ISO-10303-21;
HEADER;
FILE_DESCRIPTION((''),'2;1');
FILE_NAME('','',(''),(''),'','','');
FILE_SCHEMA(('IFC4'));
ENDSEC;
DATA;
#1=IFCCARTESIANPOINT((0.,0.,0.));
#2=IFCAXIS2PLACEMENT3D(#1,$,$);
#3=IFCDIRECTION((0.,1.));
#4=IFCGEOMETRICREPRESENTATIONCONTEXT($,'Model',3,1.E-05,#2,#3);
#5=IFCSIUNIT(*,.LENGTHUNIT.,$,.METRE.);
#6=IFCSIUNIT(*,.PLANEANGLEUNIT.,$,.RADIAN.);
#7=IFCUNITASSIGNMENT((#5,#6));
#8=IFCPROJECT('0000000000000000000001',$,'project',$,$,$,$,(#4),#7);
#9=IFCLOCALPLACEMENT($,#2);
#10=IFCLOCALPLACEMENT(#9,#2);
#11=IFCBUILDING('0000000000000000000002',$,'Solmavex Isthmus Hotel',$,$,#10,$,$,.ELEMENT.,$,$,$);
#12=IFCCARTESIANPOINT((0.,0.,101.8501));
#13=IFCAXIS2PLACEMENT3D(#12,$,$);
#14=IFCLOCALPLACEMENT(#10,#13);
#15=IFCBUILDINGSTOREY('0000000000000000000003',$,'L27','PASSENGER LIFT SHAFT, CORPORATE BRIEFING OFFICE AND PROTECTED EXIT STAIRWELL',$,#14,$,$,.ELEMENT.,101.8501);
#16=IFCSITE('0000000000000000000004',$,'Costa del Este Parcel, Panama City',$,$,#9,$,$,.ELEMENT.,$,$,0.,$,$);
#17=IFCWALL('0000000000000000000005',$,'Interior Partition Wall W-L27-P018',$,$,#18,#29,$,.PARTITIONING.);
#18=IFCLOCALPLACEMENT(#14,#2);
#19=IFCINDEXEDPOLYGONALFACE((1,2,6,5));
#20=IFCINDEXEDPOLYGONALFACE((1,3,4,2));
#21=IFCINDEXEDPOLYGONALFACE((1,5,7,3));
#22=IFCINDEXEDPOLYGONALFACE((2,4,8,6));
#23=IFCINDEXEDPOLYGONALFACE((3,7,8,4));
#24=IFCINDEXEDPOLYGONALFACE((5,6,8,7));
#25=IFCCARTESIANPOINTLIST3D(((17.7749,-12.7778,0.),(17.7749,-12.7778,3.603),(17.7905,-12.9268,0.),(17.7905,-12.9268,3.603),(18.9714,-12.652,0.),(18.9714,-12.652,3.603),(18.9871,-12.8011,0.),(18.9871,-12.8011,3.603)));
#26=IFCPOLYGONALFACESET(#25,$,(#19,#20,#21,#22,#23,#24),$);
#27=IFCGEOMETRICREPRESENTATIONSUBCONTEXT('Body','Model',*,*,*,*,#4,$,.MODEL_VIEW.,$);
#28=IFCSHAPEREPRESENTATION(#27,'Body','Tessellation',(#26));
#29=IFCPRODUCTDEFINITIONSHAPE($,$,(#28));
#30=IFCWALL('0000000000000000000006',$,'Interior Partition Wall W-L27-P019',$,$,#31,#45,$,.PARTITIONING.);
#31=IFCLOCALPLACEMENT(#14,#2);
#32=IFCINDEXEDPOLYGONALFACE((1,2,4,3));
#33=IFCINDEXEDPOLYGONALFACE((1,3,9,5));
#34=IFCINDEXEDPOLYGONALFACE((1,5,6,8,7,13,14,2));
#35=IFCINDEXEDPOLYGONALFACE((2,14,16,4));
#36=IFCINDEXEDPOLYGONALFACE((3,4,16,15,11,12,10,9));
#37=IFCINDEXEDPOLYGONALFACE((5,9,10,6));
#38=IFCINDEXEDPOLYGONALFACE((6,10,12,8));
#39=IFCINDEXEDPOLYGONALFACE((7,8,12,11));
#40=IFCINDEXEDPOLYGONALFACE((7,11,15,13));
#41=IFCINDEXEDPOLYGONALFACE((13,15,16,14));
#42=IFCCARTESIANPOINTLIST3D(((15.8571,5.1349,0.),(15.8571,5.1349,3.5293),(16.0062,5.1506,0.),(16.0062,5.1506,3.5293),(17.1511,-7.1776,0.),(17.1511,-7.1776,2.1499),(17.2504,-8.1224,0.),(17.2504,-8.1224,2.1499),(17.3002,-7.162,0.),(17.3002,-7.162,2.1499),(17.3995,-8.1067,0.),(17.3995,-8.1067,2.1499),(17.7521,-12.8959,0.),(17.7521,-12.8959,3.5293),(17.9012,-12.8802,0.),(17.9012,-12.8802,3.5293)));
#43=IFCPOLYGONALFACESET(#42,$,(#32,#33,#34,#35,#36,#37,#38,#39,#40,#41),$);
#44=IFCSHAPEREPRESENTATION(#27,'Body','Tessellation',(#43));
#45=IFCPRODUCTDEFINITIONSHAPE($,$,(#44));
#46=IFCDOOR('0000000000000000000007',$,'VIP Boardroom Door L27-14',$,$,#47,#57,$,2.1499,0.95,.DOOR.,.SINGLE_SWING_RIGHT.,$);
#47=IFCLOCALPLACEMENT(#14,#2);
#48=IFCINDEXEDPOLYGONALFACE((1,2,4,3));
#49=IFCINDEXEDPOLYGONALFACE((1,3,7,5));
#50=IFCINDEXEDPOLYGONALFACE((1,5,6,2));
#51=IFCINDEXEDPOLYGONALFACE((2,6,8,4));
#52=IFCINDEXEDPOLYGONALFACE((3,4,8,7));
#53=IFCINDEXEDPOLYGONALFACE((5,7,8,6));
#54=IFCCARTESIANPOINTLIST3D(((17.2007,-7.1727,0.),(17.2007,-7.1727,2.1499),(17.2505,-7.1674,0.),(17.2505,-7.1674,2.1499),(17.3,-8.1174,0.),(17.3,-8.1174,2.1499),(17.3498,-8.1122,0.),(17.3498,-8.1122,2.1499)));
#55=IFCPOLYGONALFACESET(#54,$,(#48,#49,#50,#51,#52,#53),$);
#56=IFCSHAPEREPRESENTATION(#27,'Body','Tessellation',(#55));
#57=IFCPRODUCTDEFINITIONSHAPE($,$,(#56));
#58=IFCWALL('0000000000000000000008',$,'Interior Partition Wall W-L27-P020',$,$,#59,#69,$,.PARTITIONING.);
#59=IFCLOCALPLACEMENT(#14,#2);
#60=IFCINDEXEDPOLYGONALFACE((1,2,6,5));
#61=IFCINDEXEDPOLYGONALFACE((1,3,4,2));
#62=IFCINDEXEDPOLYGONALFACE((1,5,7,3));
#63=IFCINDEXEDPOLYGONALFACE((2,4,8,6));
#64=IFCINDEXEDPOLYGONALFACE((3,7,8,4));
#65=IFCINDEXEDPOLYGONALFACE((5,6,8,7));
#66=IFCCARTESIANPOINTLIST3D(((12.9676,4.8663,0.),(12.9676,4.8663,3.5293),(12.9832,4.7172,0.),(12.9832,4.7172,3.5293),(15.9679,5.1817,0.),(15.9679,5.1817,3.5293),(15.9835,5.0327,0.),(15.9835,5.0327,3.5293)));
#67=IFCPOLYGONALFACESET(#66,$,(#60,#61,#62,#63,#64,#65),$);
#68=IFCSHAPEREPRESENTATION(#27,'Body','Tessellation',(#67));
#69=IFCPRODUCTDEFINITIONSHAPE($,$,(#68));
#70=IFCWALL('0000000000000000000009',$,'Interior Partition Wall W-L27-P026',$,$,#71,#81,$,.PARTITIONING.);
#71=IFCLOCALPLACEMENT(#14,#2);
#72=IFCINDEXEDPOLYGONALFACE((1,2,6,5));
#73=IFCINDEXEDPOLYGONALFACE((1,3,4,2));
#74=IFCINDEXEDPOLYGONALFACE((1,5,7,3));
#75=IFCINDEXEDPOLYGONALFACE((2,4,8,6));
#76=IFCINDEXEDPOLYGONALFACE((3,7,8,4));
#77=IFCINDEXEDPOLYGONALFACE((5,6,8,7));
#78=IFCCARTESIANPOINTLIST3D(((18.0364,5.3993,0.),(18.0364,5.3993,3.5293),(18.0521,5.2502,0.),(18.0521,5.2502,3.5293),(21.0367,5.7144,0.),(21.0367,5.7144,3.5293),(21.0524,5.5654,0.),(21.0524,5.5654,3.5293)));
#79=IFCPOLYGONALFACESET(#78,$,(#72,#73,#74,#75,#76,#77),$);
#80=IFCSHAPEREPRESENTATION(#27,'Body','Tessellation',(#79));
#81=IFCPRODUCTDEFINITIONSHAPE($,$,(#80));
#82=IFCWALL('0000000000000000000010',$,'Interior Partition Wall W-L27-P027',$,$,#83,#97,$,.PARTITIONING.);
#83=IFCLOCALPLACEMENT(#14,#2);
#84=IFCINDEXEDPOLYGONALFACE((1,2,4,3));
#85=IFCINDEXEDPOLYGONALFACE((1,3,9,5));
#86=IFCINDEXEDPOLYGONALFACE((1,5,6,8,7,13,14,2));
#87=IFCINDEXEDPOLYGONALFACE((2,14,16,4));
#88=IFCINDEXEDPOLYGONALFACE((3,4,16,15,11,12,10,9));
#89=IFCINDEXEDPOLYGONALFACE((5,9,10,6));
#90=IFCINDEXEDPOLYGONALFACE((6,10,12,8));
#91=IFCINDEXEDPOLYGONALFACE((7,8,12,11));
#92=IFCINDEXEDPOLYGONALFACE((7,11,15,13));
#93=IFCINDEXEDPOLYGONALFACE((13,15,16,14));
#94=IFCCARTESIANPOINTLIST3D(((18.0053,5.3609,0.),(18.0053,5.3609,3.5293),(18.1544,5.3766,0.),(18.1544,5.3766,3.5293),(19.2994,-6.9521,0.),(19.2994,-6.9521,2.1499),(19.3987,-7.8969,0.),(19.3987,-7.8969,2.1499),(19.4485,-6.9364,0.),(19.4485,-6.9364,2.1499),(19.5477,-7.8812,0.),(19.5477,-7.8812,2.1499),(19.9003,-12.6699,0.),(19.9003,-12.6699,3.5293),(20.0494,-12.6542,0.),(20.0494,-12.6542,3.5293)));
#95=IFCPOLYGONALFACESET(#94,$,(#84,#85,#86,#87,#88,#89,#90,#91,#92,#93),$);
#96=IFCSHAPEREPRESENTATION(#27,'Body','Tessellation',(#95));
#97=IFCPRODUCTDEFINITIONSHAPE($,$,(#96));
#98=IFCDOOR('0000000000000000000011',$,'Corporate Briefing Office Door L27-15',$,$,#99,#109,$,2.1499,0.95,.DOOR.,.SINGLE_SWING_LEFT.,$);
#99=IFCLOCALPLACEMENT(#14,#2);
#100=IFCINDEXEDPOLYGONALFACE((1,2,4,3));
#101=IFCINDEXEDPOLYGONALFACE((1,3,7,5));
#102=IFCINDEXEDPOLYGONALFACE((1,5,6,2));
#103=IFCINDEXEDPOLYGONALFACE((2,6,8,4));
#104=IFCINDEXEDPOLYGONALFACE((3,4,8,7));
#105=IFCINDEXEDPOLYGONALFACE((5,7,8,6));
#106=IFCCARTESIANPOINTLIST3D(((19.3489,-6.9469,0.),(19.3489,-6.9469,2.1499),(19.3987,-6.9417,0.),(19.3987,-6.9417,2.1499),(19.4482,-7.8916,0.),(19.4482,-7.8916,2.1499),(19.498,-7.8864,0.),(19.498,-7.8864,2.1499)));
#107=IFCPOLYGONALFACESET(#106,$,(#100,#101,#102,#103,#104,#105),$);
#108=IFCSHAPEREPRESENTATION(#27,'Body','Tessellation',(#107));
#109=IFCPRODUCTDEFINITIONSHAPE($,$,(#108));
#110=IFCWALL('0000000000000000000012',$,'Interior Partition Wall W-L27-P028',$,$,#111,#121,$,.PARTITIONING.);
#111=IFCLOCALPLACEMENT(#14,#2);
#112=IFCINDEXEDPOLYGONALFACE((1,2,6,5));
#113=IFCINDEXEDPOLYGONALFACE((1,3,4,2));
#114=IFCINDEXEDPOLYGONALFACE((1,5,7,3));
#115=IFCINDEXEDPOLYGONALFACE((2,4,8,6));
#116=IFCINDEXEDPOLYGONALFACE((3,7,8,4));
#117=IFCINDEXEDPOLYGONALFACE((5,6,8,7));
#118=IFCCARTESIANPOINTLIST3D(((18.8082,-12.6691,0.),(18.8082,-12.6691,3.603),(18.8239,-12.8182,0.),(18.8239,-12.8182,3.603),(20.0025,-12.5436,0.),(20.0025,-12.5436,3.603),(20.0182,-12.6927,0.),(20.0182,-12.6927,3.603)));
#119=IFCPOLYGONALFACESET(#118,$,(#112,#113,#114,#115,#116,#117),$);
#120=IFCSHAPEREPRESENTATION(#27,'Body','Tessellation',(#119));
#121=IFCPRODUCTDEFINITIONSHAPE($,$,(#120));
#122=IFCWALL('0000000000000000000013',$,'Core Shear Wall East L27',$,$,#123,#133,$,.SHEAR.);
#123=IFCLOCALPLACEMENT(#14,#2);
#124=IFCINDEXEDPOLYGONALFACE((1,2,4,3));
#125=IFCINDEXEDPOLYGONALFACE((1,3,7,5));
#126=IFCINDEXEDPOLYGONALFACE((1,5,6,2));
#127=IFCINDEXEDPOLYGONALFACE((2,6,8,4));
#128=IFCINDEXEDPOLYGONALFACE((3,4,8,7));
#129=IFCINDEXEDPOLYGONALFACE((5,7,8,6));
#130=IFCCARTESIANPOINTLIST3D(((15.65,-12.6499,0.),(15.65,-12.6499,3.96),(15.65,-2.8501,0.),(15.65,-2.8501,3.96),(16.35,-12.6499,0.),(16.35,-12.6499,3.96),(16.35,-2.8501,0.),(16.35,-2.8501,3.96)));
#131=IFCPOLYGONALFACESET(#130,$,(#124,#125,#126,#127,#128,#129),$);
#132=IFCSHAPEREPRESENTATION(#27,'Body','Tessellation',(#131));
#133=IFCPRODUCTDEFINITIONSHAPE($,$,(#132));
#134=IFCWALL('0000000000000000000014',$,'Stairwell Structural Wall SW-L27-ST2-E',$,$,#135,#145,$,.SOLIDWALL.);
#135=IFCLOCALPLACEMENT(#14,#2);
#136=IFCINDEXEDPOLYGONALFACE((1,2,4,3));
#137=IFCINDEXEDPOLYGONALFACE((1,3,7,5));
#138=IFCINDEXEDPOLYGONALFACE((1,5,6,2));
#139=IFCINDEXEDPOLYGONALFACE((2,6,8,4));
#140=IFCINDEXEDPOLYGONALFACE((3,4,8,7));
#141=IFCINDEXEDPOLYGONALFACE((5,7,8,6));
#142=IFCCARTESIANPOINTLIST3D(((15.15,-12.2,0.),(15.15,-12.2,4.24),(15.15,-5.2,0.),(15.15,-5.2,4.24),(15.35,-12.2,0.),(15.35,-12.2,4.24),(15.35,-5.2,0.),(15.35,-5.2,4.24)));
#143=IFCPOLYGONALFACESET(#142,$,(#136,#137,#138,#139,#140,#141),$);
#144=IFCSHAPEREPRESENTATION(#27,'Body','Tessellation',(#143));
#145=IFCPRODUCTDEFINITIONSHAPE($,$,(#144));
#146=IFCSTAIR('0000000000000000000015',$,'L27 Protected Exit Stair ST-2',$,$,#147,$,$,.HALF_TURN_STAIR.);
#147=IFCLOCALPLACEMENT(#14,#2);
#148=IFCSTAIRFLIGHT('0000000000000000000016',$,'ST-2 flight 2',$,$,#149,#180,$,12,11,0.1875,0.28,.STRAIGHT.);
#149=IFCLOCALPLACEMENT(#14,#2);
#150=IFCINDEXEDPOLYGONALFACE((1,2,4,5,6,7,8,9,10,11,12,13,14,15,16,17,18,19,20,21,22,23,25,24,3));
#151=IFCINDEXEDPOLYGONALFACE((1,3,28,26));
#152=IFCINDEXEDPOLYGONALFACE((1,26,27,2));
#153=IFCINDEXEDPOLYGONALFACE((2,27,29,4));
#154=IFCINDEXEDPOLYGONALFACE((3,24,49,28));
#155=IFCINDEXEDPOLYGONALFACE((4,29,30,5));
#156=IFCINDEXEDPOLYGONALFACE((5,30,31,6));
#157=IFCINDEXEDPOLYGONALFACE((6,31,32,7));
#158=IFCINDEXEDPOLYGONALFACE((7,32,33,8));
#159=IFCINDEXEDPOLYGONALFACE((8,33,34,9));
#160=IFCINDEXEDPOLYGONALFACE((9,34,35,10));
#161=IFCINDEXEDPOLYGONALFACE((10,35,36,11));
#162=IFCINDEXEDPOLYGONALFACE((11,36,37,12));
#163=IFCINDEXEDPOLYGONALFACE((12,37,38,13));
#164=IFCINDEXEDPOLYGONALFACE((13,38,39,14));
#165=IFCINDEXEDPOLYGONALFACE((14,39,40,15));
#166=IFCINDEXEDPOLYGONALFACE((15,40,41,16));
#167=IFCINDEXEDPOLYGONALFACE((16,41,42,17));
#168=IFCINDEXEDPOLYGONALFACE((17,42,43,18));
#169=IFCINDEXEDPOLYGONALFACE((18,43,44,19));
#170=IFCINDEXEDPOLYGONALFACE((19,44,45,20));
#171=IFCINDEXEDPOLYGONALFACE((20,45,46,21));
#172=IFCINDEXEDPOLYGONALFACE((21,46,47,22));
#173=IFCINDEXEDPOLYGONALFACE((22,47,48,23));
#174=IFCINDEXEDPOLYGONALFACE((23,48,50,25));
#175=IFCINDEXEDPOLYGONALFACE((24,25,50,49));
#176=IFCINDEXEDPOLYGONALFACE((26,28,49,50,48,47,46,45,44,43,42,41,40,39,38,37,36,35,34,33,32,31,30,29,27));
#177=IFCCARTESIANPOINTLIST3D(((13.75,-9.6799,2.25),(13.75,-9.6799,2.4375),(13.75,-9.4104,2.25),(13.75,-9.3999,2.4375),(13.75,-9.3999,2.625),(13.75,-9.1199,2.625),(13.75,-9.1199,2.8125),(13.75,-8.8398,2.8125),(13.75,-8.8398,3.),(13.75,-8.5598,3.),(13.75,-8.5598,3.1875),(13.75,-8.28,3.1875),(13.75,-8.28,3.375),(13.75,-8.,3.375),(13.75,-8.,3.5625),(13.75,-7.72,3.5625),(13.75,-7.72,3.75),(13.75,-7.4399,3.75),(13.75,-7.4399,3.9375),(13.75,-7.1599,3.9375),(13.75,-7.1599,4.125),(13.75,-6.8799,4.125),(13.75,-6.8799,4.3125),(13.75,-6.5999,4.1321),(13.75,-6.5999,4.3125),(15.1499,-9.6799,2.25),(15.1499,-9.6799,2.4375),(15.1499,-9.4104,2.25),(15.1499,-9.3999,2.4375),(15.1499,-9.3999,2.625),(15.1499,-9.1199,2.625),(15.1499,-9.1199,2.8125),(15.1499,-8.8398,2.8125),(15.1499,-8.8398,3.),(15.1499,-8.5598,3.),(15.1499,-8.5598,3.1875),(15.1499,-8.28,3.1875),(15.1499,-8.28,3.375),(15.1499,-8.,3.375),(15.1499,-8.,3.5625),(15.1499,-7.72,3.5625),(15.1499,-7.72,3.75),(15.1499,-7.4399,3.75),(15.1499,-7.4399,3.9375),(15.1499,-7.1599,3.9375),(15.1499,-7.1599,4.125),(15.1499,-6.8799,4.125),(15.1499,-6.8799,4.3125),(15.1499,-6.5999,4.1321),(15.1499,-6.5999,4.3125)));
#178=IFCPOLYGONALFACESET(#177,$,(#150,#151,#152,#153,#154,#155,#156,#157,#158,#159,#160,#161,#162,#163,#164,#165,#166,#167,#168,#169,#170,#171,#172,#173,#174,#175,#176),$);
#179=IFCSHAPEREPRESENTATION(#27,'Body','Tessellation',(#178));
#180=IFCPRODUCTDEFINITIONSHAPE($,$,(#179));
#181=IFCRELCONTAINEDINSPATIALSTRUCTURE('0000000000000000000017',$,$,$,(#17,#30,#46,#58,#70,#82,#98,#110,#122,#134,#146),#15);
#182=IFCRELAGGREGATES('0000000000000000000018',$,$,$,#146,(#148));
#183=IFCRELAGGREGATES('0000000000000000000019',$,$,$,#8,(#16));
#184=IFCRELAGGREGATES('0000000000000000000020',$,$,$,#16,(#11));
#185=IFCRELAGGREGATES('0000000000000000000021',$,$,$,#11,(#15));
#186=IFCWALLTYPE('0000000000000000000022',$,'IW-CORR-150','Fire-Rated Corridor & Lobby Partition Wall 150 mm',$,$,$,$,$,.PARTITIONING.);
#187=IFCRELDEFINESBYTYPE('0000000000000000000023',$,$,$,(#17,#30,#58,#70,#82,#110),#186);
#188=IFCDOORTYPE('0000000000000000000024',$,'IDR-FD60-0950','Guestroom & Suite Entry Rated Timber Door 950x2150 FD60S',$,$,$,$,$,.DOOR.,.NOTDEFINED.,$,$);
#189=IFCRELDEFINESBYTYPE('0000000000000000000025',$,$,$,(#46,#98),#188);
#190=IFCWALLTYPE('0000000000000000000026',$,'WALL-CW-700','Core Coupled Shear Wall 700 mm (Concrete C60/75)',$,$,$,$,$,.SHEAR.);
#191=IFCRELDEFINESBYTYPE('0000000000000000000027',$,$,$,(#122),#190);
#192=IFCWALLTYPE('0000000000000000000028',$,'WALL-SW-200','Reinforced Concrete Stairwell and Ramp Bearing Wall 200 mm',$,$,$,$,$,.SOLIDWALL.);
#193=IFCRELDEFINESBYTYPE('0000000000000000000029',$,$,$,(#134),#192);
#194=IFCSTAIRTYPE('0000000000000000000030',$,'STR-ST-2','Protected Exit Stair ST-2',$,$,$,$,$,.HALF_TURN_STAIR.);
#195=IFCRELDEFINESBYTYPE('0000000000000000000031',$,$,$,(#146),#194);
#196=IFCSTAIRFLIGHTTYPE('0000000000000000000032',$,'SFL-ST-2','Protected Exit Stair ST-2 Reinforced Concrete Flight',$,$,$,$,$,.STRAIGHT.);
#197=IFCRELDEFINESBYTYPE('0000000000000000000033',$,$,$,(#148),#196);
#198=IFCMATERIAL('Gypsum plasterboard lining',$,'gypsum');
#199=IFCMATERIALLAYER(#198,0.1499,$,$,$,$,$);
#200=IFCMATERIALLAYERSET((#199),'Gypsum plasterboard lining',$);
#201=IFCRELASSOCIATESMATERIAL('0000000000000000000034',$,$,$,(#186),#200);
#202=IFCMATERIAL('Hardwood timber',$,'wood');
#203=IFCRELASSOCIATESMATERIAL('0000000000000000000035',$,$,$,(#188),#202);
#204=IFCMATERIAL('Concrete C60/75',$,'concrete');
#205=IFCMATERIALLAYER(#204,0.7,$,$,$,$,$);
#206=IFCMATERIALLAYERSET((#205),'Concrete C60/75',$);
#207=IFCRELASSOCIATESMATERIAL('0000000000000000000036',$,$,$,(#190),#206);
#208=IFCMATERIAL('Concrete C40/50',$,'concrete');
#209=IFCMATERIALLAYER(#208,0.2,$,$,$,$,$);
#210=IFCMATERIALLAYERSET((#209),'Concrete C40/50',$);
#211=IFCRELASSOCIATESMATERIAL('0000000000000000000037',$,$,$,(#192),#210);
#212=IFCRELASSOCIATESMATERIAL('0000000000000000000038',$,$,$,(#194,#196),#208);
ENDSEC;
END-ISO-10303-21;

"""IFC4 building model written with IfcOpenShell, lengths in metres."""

from ifc_helpers import new_model, si_unit, direction, frame, frame_2d, origin, place, context, subcontext, project, spatial, polyline, rectangle, outline, extrude, material, layer, layer_set, type_object, element, fill, aggregate, save


model = new_model("IFC4")

# Units and contexts
model_context = context("Model", 3, precision=1e-05, world=origin(), true_north=direction((0.0, 1.0)))
body_context = subcontext(model_context, "Body", "Model", "MODEL_VIEW")
ifc_project = project(units=[si_unit("LENGTHUNIT", "METRE"), si_unit("PLANEANGLEUNIT", "RADIAN")], contexts=[model_context])

# Site, building, storey
site_placement = place(None, origin())
site = spatial("IfcSite", under=ifc_project, at=site_placement, Name="Costa del Este Parcel, Panama City", CompositionType="ELEMENT", RefElevation=0.0)
building_placement = place(site_placement, origin())
building = spatial("IfcBuilding", under=site, at=building_placement, Name="Solmavex Isthmus Hotel", CompositionType="ELEMENT")
storey_placement = place(building_placement, frame((0.0, 0.0, 101.8501)))
storey = spatial("IfcBuildingStorey", under=building, at=storey_placement, Name="L27", Description="PASSENGER LIFT SHAFT, CORPORATE BRIEFING OFFICE AND PROTECTED EXIT STAIRWELL", CompositionType="ELEMENT", Elevation=101.8501)

# Shared definitions
ifc_material_1 = material(Name="Concrete C60/75", Category="concrete")

# Wall
ifc_material_2 = material(Name="Gypsum plasterboard lining", Category="gypsum")
ifc_layer_1 = layer(ifc_material_2, 0.1499)
ifc_layer_set_1 = layer_set([ifc_layer_1], Name="Gypsum plasterboard lining")
wall_type_1 = type_object("IfcWallType", Name="IW-CORR-150", Description="Fire-Rated Corridor & Lobby Partition Wall 150 mm", PredefinedType="PARTITIONING", material=ifc_layer_set_1)
wall_1_placement = place(storey_placement, frame((18.9792, -12.7266, 0.0), z_axis=(0.0, 0.0, 1.0), x_axis=(-0.994524, -0.104505, 0.0)))
element("IfcWall", 1, at=wall_1_placement, inside=storey, type_object=wall_type_1, Name="Interior Partition Wall W-L27-P018", PredefinedType="PARTITIONING", context=body_context, shape_type="SweptSolid", body=[
    extrude(rectangle(XDim=1.2031, YDim=0.1499, at=frame_2d((0.6016, 0.0))), origin(), (0.0, 0.0, 1.0), 3.603),
])

# Wall, opening, door
wall_2_placement = place(storey_placement, frame((17.8267, -12.8879, 0.0), z_axis=(0.0, 0.0, 1.0), x_axis=(-0.104524, 0.994522, 0.0)))
wall_2 = element("IfcWall", 2, at=wall_2_placement, inside=storey, type_object=wall_type_1, Name="Interior Partition Wall W-L27-P019", PredefinedType="PARTITIONING", context=body_context, shape_type="SweptSolid", body=[
    extrude(rectangle(XDim=18.1301, YDim=0.1499, at=frame_2d((9.0649, 0.0))), origin(), (0.0, 0.0, 1.0), 3.5293),
])
opening_1_placement = place(wall_2_placement, frame((4.7996, 0.0, 0.0)))
opening_1 = element("IfcOpeningElement", 3, at=opening_1_placement, cuts=wall_2, PredefinedType="OPENING", context=body_context, shape_type="SweptSolid", body=[
    extrude(rectangle(XDim=0.95, YDim=2.1499, at=frame_2d((0.4751, 1.075))), frame((0.0, 0.085, 0.0), z_axis=(0.0, -1.0, 0.0), x_axis=(1.0, 0.0, 0.0)), (0.0, 0.0, 1.0), 0.1699),
])
ifc_material_3 = material(Name="Hardwood timber", Category="wood")
door_type = type_object("IfcDoorType", Name="IDR-FD60-0950", Description="Guestroom & Suite Entry Rated Timber Door 950x2150 FD60S", OperationType="NOTDEFINED", PredefinedType="DOOR", material=ifc_material_3)
door_1_placement = place(opening_1_placement, frame((0.95, 0.0, 0.0), z_axis=(0.0, 0.0, 1.0), x_axis=(-1.0, 0.0, 0.0)))
door_1 = element("IfcDoor", 4, at=door_1_placement, inside=storey, type_object=door_type, Name="VIP Boardroom Door L27-14", OperationType="SINGLE_SWING_RIGHT", OverallHeight=2.1499, OverallWidth=0.95, PredefinedType="DOOR", context=body_context, shape_type="SweptSolid", body=[
    extrude(rectangle(XDim=0.95, YDim=2.1499, at=frame_2d((0.4751, 1.075))), frame((0.0, 0.0249, 0.0), z_axis=(0.0, -1.0, 0.0), x_axis=(1.0, 0.0, 0.0)), (0.0, 0.0, 1.0), 0.05),
])
fill(opening_1, door_1)

# Walls
for number, where, z_axis, x_axis, name in (
    (5, (15.9756, 5.1072, 0.0), (0.0, 0.0, 1.0), (-0.994519, -0.104558, 0.0), "Interior Partition Wall W-L27-P020"),
    (6, (21.0444, 5.6399, 0.0), (0.0, 0.0, 1.0), (-0.994527, -0.104478, 0.0), "Interior Partition Wall W-L27-P026"),
):
    element("IfcWall", number, at=place(storey_placement, frame(where, z_axis=z_axis, x_axis=x_axis)), inside=storey, type_object=wall_type_1, Name=name, PredefinedType="PARTITIONING", context=body_context, shape_type="SweptSolid", body=[
        extrude(rectangle(XDim=3.0168, YDim=0.1499, at=frame_2d((1.5083, 0.0))), origin(), (0.0, 0.0, 1.0), 3.5293),
    ])

# Wall, opening, door
wall_3_placement = place(storey_placement, frame((18.0798, 5.3687, 0.0), z_axis=(0.0, 0.0, 1.0), x_axis=(0.104524, -0.994522, 0.0)))
wall_3 = element("IfcWall", 7, at=wall_3_placement, inside=storey, type_object=wall_type_1, Name="Interior Partition Wall W-L27-P027", PredefinedType="PARTITIONING", context=body_context, shape_type="SweptSolid", body=[
    extrude(rectangle(XDim=18.1301, YDim=0.1499, at=frame_2d((9.0649, 0.0))), origin(), (0.0, 0.0, 1.0), 3.5293),
])
opening_2_placement = place(wall_3_placement, frame((12.3806, 0.0, 0.0)))
opening_2 = element("IfcOpeningElement", 8, at=opening_2_placement, cuts=wall_3, PredefinedType="OPENING", context=body_context, shape_type="SweptSolid", body=[
    extrude(rectangle(XDim=0.95, YDim=2.1499, at=frame_2d((0.4751, 1.075))), frame((0.0, 0.085, 0.0), z_axis=(0.0, -1.0, 0.0), x_axis=(1.0, 0.0, 0.0)), (0.0, 0.0, 1.0), 0.1699),
])
door_2_placement = place(opening_2_placement, origin())
door_2 = element("IfcDoor", 9, at=door_2_placement, inside=storey, type_object=door_type, Name="Corporate Briefing Office Door L27-15", OperationType="SINGLE_SWING_LEFT", OverallHeight=2.1499, OverallWidth=0.95, PredefinedType="DOOR", context=body_context, shape_type="SweptSolid", body=[
    extrude(rectangle(XDim=0.95, YDim=2.1499, at=frame_2d((0.4751, 1.075))), frame((0.0, 0.0249, 0.0), z_axis=(0.0, -1.0, 0.0), x_axis=(1.0, 0.0, 0.0)), (0.0, 0.0, 1.0), 0.05),
])
fill(opening_2, door_2)

# Walls
wall_4_placement = place(storey_placement, frame((20.0105, -12.6182, 0.0), z_axis=(0.0, 0.0, 1.0), x_axis=(-0.994525, -0.104494, 0.0)))
element("IfcWall", 10, at=wall_4_placement, inside=storey, type_object=wall_type_1, Name="Interior Partition Wall W-L27-P028", PredefinedType="PARTITIONING", context=body_context, shape_type="SweptSolid", body=[
    extrude(rectangle(XDim=1.2009, YDim=0.1499, at=frame_2d((0.6006, 0.0))), origin(), (0.0, 0.0, 1.0), 3.603),
])
ifc_layer_2 = layer(ifc_material_1, 0.7)
ifc_layer_set_2 = layer_set([ifc_layer_2], Name="Concrete C60/75")
wall_type_2 = type_object("IfcWallType", Name="WALL-CW-700", Description="Core Coupled Shear Wall 700 mm (Concrete C60/75)", PredefinedType="SHEAR", material=ifc_layer_set_2)
wall_5_placement = place(storey_placement, frame((16.0, -12.6499, 0.0), z_axis=(0.0, 0.0, 1.0), x_axis=(0.0, 1.0, 0.0)))
element("IfcWall", 11, at=wall_5_placement, inside=storey, type_object=wall_type_2, Name="Core Shear Wall East L27", PredefinedType="SHEAR", context=body_context, shape_type="SweptSolid", body=[
    extrude(rectangle(XDim=9.7998, YDim=0.7, at=frame_2d((4.8999, 0.0))), origin(), (0.0, 0.0, 1.0), 3.96),
])
ifc_material_4 = material(Name="Concrete C40/50", Category="concrete")
ifc_layer_3 = layer(ifc_material_4, 0.2)
ifc_layer_set_3 = layer_set([ifc_layer_3], Name="Concrete C40/50")
wall_type_3 = type_object("IfcWallType", Name="WALL-SW-200", Description="Reinforced Concrete Stairwell and Ramp Bearing Wall 200 mm", PredefinedType="SOLIDWALL", material=ifc_layer_set_3)
wall_6_placement = place(storey_placement, frame((15.25, -12.2, 0.0), z_axis=(0.0, 0.0, 1.0), x_axis=(0.0, 1.0, 0.0)))
element("IfcWall", 12, at=wall_6_placement, inside=storey, type_object=wall_type_3, Name="Stairwell Structural Wall SW-L27-ST2-E", PredefinedType="SOLIDWALL", context=body_context, shape_type="SweptSolid", body=[
    extrude(rectangle(XDim=7.0, YDim=0.2, at=frame_2d((3.5, 0.0))), origin(), (0.0, 0.0, 1.0), 4.24),
])

# Stair, stair flight
stair_type = type_object("IfcStairType", Name="STR-ST-2", Description="Protected Exit Stair ST-2", PredefinedType="HALF_TURN_STAIR", material=ifc_material_4)
stair_placement = place(storey_placement, origin())
stair = element("IfcStair", 13, at=stair_placement, inside=storey, type_object=stair_type, Name="L27 Protected Exit Stair ST-2", PredefinedType="HALF_TURN_STAIR")
stair_flight_type = type_object("IfcStairFlightType", Name="SFL-ST-2", Description="Protected Exit Stair ST-2 Reinforced Concrete Flight", PredefinedType="STRAIGHT", material=ifc_material_4)
stair_flight_placement = place(storey_placement, frame((14.45, -9.6799, 2.25), z_axis=(0.0, 0.0, 1.0), x_axis=(0.0, 1.0, 0.0)))
stair_flight = element("IfcStairFlight", 14, at=stair_flight_placement, type_object=stair_flight_type, Name="ST-2 flight 2", NumberOfRisers=12, NumberOfTreads=11, PredefinedType="STRAIGHT", RiserHeight=0.1875, TreadLength=0.28, context=body_context, shape_type="SweptSolid", body=[
    extrude(outline(polyline([(0.0, 0.0), (0.0, 0.1875), (0.28, 0.1875), (0.28, 0.375), (0.5601, 0.375), (0.5601, 0.5625), (0.8401, 0.5625), (0.8401, 0.75), (1.1201, 0.75), (1.1201, 0.9375), (1.3999, 0.9375), (1.3999, 1.125), (1.6799, 1.125), (1.6799, 1.3125), (1.96, 1.3125), (1.96, 1.5), (2.24, 1.5), (2.24, 1.6875), (2.52, 1.6875), (2.52, 1.875), (2.8, 1.875), (2.8, 2.0625), (3.0801, 2.0625), (3.0801, 2.25), (3.0801, 1.8821), (0.2695, 0.0), (0.0, 0.0)])), frame((0.0, 0.7, 0.0), z_axis=(0.0, -1.0, 0.0), x_axis=(1.0, 0.0, 0.0)), (0.0, 0.0, 1.0), 1.3999),
])
aggregate(stair, [stair_flight])

save(model, "model.ifc")
